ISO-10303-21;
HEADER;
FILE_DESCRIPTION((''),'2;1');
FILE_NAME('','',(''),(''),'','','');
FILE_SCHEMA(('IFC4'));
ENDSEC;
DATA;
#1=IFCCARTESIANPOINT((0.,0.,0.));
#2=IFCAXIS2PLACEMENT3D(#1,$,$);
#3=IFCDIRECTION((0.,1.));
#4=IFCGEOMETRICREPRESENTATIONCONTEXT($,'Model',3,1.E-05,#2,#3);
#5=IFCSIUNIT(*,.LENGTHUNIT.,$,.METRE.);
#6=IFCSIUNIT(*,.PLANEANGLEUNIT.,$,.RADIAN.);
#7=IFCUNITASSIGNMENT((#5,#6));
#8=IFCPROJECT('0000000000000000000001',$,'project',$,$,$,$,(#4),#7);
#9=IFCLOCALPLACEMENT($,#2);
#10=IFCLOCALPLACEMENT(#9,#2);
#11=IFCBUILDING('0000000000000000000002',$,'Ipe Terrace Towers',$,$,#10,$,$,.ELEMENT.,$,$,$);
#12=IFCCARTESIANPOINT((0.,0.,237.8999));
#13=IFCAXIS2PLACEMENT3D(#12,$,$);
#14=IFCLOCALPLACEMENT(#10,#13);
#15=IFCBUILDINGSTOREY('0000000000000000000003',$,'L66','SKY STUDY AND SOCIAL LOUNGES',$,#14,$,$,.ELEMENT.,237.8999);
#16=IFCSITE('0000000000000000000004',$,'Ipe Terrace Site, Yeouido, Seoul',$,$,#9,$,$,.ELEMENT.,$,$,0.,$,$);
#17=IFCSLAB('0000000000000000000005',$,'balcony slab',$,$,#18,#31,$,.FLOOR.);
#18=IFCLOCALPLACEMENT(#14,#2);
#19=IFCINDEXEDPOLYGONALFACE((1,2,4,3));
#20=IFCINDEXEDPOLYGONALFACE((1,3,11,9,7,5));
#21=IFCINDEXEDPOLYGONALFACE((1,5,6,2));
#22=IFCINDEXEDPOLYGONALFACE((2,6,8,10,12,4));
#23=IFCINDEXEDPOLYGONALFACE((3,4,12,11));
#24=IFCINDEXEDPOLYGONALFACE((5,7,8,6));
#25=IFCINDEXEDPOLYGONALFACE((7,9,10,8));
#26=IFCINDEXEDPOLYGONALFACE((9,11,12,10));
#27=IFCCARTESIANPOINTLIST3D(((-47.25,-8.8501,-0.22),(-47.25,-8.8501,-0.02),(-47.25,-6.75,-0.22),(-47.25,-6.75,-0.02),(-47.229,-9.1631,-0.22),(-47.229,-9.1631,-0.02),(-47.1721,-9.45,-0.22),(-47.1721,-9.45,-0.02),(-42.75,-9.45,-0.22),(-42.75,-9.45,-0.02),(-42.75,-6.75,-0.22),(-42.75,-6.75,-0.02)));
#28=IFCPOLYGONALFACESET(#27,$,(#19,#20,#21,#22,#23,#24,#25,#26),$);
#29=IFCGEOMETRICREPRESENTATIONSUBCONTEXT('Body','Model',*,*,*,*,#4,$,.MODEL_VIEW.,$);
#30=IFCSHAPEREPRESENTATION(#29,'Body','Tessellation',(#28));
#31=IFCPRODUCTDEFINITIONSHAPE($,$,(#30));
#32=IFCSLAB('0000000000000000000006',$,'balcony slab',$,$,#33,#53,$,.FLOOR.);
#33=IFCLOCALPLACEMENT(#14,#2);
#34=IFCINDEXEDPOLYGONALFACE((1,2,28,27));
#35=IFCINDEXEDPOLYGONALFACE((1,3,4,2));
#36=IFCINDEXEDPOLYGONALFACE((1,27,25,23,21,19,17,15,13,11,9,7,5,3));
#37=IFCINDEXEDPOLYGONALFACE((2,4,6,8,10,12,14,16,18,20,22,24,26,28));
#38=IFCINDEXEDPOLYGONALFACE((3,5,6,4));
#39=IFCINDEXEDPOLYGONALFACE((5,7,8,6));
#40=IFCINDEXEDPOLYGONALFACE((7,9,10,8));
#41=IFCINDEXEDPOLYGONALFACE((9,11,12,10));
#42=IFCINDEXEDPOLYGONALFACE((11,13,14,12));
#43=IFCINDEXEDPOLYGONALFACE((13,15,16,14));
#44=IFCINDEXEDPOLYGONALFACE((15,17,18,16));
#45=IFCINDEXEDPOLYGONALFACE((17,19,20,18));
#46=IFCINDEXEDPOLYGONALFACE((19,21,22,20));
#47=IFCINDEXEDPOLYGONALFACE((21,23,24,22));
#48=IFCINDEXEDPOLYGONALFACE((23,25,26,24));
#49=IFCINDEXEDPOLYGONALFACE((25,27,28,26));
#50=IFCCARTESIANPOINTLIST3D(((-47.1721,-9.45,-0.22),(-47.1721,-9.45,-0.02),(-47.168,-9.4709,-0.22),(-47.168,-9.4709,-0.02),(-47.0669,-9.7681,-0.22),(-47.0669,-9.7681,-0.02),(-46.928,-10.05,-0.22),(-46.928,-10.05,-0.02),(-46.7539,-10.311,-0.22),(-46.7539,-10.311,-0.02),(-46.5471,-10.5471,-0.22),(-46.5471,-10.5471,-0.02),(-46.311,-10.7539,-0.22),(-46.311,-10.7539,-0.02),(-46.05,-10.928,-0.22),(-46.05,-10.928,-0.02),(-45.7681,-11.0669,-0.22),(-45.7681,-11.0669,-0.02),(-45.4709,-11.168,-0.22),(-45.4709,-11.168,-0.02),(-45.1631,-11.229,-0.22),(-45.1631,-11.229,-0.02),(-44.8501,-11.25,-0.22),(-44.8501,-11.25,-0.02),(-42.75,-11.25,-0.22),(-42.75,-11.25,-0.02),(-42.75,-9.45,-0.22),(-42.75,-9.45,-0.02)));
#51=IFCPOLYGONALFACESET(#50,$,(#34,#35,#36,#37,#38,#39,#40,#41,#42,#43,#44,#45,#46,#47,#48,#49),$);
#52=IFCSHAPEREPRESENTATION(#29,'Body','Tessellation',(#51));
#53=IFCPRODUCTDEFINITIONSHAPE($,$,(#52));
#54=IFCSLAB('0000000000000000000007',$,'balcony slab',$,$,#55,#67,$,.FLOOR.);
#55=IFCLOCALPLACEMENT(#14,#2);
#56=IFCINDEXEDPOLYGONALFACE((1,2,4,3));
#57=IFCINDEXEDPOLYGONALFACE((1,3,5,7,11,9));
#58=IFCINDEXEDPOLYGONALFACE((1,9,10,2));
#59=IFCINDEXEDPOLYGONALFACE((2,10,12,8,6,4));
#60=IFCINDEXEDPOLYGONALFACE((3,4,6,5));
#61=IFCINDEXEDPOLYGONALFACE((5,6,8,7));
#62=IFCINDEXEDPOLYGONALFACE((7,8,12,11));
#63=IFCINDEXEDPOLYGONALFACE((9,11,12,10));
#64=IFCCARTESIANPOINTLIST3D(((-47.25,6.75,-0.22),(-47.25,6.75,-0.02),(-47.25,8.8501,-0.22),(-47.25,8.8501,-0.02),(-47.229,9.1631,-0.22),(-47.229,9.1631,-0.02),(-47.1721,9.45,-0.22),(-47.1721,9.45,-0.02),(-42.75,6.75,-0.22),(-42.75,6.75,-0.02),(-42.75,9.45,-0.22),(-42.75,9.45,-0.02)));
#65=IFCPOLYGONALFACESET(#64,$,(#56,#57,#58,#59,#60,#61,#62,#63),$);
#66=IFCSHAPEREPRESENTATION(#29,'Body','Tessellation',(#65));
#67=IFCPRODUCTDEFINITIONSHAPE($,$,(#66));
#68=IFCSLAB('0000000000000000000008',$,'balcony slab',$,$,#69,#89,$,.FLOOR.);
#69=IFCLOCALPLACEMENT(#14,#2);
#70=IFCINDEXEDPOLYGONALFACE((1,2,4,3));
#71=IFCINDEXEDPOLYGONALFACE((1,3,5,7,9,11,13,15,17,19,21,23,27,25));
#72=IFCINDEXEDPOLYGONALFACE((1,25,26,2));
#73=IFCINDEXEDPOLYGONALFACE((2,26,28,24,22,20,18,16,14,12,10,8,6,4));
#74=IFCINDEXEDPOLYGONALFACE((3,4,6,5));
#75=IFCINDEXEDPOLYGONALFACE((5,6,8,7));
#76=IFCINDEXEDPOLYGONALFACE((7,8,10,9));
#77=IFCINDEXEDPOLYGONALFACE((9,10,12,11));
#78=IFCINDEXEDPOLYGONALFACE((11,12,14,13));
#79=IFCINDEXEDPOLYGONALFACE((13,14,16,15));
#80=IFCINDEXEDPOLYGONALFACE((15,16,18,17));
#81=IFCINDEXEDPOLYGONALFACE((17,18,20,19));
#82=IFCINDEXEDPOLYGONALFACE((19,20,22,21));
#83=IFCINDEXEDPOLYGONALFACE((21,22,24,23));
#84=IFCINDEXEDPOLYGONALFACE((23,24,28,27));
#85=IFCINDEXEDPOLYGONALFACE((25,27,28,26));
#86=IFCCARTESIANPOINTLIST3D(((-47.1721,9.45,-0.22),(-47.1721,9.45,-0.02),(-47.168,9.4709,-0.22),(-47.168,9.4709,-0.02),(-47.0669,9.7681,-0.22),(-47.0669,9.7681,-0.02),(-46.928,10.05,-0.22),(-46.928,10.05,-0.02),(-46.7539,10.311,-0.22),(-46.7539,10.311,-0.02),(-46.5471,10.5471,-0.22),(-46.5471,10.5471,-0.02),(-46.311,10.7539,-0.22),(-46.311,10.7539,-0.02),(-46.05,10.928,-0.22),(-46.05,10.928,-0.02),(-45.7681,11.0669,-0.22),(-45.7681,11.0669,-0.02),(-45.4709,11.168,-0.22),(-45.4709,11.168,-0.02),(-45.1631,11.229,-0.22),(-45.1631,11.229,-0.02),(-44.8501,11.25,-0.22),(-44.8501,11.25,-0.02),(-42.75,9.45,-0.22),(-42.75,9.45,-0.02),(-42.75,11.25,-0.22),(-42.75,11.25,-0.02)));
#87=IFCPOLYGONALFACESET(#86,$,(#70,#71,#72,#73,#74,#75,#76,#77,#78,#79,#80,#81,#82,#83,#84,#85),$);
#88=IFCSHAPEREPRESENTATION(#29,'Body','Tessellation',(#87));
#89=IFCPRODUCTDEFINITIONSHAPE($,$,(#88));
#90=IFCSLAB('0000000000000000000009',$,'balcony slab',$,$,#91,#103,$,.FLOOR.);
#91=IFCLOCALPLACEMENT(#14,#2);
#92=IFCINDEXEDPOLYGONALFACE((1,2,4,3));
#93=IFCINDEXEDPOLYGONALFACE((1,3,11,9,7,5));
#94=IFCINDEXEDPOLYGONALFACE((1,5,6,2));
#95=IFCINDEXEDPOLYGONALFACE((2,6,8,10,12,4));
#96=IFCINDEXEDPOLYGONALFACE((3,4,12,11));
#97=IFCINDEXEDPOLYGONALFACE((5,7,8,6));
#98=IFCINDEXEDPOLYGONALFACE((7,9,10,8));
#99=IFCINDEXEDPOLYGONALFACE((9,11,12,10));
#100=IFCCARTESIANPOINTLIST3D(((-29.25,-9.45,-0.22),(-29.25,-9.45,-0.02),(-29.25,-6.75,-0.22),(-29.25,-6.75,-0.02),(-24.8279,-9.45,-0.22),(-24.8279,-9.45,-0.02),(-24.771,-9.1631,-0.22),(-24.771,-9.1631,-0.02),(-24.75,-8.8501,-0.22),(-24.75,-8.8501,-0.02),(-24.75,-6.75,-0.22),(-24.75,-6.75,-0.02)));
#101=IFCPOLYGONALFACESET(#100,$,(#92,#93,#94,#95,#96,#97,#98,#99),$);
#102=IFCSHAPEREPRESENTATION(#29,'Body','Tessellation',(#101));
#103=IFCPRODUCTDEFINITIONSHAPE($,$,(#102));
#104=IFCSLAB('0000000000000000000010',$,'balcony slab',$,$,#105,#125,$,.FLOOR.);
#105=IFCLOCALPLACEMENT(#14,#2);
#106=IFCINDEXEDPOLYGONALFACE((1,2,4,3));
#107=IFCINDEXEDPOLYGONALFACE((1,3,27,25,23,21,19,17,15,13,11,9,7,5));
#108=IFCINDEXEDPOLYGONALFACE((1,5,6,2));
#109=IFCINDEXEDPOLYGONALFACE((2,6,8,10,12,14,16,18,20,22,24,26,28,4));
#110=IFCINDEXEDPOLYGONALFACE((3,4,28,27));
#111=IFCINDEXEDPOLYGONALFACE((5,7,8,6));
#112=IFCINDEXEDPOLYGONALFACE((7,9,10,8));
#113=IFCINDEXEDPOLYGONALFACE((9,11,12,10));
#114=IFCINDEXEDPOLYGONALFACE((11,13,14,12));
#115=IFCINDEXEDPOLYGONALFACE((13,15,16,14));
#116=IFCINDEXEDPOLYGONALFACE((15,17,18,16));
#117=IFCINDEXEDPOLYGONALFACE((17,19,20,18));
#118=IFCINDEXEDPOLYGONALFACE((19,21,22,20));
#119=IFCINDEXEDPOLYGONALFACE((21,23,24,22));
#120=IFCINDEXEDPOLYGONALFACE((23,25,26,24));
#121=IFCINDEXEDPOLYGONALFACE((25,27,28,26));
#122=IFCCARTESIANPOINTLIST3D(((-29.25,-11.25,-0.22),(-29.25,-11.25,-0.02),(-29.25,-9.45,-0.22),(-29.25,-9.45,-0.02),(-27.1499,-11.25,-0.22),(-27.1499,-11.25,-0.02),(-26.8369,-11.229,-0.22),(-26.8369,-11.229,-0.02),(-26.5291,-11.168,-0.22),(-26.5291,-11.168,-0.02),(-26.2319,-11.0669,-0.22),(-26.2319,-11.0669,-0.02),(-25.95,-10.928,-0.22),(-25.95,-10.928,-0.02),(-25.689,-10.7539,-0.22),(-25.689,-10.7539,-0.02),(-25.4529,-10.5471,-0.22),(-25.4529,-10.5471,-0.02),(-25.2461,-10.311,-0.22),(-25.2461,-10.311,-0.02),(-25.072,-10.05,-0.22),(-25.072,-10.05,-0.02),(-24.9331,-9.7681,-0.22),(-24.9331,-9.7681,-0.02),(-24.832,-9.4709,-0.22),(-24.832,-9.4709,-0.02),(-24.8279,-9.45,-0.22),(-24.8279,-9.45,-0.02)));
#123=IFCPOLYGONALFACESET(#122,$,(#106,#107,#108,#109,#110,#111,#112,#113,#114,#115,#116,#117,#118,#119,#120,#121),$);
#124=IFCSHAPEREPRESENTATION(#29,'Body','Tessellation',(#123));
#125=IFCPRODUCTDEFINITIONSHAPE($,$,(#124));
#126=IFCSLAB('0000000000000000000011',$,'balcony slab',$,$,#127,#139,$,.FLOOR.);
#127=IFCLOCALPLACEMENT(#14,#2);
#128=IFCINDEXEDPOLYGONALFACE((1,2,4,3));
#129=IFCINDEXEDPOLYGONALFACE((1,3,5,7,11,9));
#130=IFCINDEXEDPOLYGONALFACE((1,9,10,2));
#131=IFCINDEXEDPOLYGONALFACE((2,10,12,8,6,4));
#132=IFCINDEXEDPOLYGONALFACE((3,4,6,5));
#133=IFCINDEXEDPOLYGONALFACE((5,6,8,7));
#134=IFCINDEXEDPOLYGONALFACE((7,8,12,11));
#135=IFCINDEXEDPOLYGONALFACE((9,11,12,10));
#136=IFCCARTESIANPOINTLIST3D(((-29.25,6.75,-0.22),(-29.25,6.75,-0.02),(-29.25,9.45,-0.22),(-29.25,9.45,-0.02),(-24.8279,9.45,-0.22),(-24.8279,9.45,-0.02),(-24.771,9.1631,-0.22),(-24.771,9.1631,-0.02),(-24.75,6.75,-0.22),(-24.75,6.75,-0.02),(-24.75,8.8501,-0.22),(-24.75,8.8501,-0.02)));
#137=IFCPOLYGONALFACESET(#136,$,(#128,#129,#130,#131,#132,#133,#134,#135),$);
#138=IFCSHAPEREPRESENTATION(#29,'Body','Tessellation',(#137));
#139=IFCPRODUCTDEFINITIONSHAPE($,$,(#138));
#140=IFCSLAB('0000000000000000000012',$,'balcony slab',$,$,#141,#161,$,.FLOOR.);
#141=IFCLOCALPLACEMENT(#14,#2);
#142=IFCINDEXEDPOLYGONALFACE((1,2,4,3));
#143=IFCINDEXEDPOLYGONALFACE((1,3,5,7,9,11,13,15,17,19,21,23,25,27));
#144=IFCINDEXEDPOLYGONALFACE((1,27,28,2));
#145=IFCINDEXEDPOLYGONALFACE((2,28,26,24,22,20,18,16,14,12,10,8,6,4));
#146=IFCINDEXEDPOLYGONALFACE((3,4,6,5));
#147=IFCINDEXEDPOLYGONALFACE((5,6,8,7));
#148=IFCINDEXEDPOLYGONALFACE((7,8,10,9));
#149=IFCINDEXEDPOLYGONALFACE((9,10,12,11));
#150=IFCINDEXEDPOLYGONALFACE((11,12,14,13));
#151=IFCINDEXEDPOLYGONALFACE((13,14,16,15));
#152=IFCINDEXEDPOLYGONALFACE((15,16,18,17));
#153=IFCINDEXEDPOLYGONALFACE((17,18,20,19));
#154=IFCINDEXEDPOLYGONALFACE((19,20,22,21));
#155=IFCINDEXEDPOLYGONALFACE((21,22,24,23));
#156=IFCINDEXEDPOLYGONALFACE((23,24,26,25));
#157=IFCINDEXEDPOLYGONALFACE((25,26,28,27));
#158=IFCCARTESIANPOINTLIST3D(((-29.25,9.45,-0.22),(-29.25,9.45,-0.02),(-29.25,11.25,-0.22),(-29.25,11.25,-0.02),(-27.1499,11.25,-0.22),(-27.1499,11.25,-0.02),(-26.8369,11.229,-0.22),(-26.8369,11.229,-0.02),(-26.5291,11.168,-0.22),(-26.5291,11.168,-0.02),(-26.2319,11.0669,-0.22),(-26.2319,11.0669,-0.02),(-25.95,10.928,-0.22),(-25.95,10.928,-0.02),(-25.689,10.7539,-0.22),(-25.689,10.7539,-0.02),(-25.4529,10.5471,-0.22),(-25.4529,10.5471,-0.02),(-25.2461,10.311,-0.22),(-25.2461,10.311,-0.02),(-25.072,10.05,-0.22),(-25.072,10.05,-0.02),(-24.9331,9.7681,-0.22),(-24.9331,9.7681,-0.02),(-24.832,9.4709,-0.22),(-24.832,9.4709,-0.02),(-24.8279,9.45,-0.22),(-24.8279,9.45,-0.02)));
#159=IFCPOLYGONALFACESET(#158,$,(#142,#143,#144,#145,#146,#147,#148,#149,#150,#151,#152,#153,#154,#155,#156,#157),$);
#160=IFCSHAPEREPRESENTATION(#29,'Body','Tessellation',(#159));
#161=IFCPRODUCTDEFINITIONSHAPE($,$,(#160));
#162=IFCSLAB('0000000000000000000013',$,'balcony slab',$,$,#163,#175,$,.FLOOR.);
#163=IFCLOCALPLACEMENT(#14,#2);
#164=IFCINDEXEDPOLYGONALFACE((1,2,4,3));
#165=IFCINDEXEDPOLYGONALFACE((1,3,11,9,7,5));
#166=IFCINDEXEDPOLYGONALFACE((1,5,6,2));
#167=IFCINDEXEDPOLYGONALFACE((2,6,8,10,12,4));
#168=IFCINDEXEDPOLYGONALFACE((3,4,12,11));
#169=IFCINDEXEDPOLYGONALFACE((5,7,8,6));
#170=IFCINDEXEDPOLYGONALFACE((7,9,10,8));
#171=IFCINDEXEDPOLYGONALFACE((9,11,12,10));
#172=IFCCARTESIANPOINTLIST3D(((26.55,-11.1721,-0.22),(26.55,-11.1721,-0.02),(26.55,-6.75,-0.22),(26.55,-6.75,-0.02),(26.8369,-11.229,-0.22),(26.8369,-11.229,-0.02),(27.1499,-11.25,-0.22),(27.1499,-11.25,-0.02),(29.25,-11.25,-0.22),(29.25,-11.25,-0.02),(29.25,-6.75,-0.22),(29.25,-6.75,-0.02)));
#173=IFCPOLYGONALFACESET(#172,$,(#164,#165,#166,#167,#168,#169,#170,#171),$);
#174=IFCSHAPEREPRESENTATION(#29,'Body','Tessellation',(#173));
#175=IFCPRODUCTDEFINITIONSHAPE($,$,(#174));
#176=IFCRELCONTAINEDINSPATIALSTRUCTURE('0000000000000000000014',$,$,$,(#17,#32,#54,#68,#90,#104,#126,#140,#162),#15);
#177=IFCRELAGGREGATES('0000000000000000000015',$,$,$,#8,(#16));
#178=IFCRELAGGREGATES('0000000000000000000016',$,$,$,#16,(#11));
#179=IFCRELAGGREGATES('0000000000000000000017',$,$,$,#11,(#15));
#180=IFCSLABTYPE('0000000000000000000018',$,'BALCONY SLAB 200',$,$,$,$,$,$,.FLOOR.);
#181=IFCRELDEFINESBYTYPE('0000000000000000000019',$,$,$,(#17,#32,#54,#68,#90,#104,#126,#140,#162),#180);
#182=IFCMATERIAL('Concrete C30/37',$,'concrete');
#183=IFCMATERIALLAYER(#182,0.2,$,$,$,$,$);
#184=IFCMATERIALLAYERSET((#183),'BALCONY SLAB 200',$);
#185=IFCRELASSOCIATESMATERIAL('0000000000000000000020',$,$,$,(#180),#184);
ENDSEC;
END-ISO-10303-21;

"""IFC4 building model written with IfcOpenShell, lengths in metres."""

from ifc_helpers import new_model, si_unit, direction, frame, origin, place, context, subcontext, project, spatial, polyline, outline, extrude, material, layer, layer_set, type_object, element, save


model = new_model("IFC4")

# Units and contexts
model_context = context("Model", 3, precision=1e-05, world=origin(), true_north=direction((0.0, 1.0)))
body_context = subcontext(model_context, "Body", "Model", "MODEL_VIEW")
ifc_project = project(units=[si_unit("LENGTHUNIT", "METRE"), si_unit("PLANEANGLEUNIT", "RADIAN")], contexts=[model_context])

# Site, building, storey
site_placement = place(None, origin())
site = spatial("IfcSite", under=ifc_project, at=site_placement, Name="Ipe Terrace Site, Yeouido, Seoul", CompositionType="ELEMENT", RefElevation=0.0)
building_placement = place(site_placement, origin())
building = spatial("IfcBuilding", under=site, at=building_placement, Name="Ipe Terrace Towers", CompositionType="ELEMENT")
storey_placement = place(building_placement, frame((0.0, 0.0, 237.8999)))
storey = spatial("IfcBuildingStorey", under=building, at=storey_placement, Name="L66", Description="SKY STUDY AND SOCIAL LOUNGES", CompositionType="ELEMENT", Elevation=237.8999)

# Slabs
ifc_material_1 = material(Name="Concrete C30/37", Category="concrete")
ifc_layer_1 = layer(ifc_material_1, 0.2)
ifc_layer_set_1 = layer_set([ifc_layer_1], Name="BALCONY SLAB 200")
slab_type_1 = type_object("IfcSlabType", Name="BALCONY SLAB 200", PredefinedType="FLOOR", material=ifc_layer_set_1)
slab_1_placement = place(storey_placement, frame((0.0, 0.0, -0.22)))
element("IfcSlab", 1, at=slab_1_placement, inside=storey, type_object=slab_type_1, Name="balcony slab", PredefinedType="FLOOR", context=body_context, shape_type="SweptSolid", body=[
    extrude(outline(polyline([(-47.229, -9.1631), (-47.1721, -9.45), (-42.75, -9.45), (-42.75, -6.75), (-47.25, -6.75), (-47.25, -8.8501), (-47.229, -9.1631)])), origin(), (0.0, 0.0, 1.0), 0.2),
])
slab_2_placement = place(storey_placement, frame((0.0, 0.0, -0.22)))
element("IfcSlab", 2, at=slab_2_placement, inside=storey, type_object=slab_type_1, Name="balcony slab", PredefinedType="FLOOR", context=body_context, shape_type="SweptSolid", body=[
    extrude(outline(polyline([(-42.75, -11.25), (-42.75, -9.45), (-47.1721, -9.45), (-47.168, -9.4709), (-47.0669, -9.7681), (-46.928, -10.05), (-46.7539, -10.311), (-46.5471, -10.5471), (-46.311, -10.7539), (-46.05, -10.928), (-45.7681, -11.0669), (-45.4709, -11.168), (-45.1631, -11.229), (-44.8501, -11.25), (-42.75, -11.25)])), origin(), (0.0, 0.0, 1.0), 0.2),
])
slab_3_placement = place(storey_placement, frame((0.0, 0.0, -0.22)))
element("IfcSlab", 3, at=slab_3_placement, inside=storey, type_object=slab_type_1, Name="balcony slab", PredefinedType="FLOOR", context=body_context, shape_type="SweptSolid", body=[
    extrude(outline(polyline([(-47.229, 9.1631), (-47.25, 8.8501), (-47.25, 6.75), (-42.75, 6.75), (-42.75, 9.45), (-47.1721, 9.45), (-47.229, 9.1631)])), origin(), (0.0, 0.0, 1.0), 0.2),
])
slab_4_placement = place(storey_placement, frame((0.0, 0.0, -0.22)))
element("IfcSlab", 4, at=slab_4_placement, inside=storey, type_object=slab_type_1, Name="balcony slab", PredefinedType="FLOOR", context=body_context, shape_type="SweptSolid", body=[
    extrude(outline(polyline([(-42.75, 11.25), (-44.8501, 11.25), (-45.1631, 11.229), (-45.4709, 11.168), (-45.7681, 11.0669), (-46.05, 10.928), (-46.311, 10.7539), (-46.5471, 10.5471), (-46.7539, 10.311), (-46.928, 10.05), (-47.0669, 9.7681), (-47.168, 9.4709), (-47.1721, 9.45), (-42.75, 9.45), (-42.75, 11.25)])), origin(), (0.0, 0.0, 1.0), 0.2),
])
slab_5_placement = place(storey_placement, frame((0.0, 0.0, -0.22)))
element("IfcSlab", 5, at=slab_5_placement, inside=storey, type_object=slab_type_1, Name="balcony slab", PredefinedType="FLOOR", context=body_context, shape_type="SweptSolid", body=[
    extrude(outline(polyline([(-24.771, -9.1631), (-24.75, -8.8501), (-24.75, -6.75), (-29.25, -6.75), (-29.25, -9.45), (-24.8279, -9.45), (-24.771, -9.1631)])), origin(), (0.0, 0.0, 1.0), 0.2),
])
slab_6_placement = place(storey_placement, frame((0.0, 0.0, -0.22)))
element("IfcSlab", 6, at=slab_6_placement, inside=storey, type_object=slab_type_1, Name="balcony slab", PredefinedType="FLOOR", context=body_context, shape_type="SweptSolid", body=[
    extrude(outline(polyline([(-29.25, -11.25), (-27.1499, -11.25), (-26.8369, -11.229), (-26.5291, -11.168), (-26.2319, -11.0669), (-25.95, -10.928), (-25.689, -10.7539), (-25.4529, -10.5471), (-25.2461, -10.311), (-25.072, -10.05), (-24.9331, -9.7681), (-24.832, -9.4709), (-24.8279, -9.45), (-29.25, -9.45), (-29.25, -11.25)])), origin(), (0.0, 0.0, 1.0), 0.2),
])
slab_7_placement = place(storey_placement, frame((0.0, 0.0, -0.22)))
element("IfcSlab", 7, at=slab_7_placement, inside=storey, type_object=slab_type_1, Name="balcony slab", PredefinedType="FLOOR", context=body_context, shape_type="SweptSolid", body=[
    extrude(outline(polyline([(-24.771, 9.1631), (-24.8279, 9.45), (-29.25, 9.45), (-29.25, 6.75), (-24.75, 6.75), (-24.75, 8.8501), (-24.771, 9.1631)])), origin(), (0.0, 0.0, 1.0), 0.2),
])
slab_8_placement = place(storey_placement, frame((0.0, 0.0, -0.22)))
element("IfcSlab", 8, at=slab_8_placement, inside=storey, type_object=slab_type_1, Name="balcony slab", PredefinedType="FLOOR", context=body_context, shape_type="SweptSolid", body=[
    extrude(outline(polyline([(-29.25, 11.25), (-29.25, 9.45), (-24.8279, 9.45), (-24.832, 9.4709), (-24.9331, 9.7681), (-25.072, 10.05), (-25.2461, 10.311), (-25.4529, 10.5471), (-25.689, 10.7539), (-25.95, 10.928), (-26.2319, 11.0669), (-26.5291, 11.168), (-26.8369, 11.229), (-27.1499, 11.25), (-29.25, 11.25)])), origin(), (0.0, 0.0, 1.0), 0.2),
])
slab_9_placement = place(storey_placement, frame((0.0, 0.0, -0.22)))
element("IfcSlab", 9, at=slab_9_placement, inside=storey, type_object=slab_type_1, Name="balcony slab", PredefinedType="FLOOR", context=body_context, shape_type="SweptSolid", body=[
    extrude(outline(polyline([(26.8369, -11.229), (27.1499, -11.25), (29.25, -11.25), (29.25, -6.75), (26.55, -6.75), (26.55, -11.1721), (26.8369, -11.229)])), origin(), (0.0, 0.0, 1.0), 0.2),
])

save(model, "model.ifc")
